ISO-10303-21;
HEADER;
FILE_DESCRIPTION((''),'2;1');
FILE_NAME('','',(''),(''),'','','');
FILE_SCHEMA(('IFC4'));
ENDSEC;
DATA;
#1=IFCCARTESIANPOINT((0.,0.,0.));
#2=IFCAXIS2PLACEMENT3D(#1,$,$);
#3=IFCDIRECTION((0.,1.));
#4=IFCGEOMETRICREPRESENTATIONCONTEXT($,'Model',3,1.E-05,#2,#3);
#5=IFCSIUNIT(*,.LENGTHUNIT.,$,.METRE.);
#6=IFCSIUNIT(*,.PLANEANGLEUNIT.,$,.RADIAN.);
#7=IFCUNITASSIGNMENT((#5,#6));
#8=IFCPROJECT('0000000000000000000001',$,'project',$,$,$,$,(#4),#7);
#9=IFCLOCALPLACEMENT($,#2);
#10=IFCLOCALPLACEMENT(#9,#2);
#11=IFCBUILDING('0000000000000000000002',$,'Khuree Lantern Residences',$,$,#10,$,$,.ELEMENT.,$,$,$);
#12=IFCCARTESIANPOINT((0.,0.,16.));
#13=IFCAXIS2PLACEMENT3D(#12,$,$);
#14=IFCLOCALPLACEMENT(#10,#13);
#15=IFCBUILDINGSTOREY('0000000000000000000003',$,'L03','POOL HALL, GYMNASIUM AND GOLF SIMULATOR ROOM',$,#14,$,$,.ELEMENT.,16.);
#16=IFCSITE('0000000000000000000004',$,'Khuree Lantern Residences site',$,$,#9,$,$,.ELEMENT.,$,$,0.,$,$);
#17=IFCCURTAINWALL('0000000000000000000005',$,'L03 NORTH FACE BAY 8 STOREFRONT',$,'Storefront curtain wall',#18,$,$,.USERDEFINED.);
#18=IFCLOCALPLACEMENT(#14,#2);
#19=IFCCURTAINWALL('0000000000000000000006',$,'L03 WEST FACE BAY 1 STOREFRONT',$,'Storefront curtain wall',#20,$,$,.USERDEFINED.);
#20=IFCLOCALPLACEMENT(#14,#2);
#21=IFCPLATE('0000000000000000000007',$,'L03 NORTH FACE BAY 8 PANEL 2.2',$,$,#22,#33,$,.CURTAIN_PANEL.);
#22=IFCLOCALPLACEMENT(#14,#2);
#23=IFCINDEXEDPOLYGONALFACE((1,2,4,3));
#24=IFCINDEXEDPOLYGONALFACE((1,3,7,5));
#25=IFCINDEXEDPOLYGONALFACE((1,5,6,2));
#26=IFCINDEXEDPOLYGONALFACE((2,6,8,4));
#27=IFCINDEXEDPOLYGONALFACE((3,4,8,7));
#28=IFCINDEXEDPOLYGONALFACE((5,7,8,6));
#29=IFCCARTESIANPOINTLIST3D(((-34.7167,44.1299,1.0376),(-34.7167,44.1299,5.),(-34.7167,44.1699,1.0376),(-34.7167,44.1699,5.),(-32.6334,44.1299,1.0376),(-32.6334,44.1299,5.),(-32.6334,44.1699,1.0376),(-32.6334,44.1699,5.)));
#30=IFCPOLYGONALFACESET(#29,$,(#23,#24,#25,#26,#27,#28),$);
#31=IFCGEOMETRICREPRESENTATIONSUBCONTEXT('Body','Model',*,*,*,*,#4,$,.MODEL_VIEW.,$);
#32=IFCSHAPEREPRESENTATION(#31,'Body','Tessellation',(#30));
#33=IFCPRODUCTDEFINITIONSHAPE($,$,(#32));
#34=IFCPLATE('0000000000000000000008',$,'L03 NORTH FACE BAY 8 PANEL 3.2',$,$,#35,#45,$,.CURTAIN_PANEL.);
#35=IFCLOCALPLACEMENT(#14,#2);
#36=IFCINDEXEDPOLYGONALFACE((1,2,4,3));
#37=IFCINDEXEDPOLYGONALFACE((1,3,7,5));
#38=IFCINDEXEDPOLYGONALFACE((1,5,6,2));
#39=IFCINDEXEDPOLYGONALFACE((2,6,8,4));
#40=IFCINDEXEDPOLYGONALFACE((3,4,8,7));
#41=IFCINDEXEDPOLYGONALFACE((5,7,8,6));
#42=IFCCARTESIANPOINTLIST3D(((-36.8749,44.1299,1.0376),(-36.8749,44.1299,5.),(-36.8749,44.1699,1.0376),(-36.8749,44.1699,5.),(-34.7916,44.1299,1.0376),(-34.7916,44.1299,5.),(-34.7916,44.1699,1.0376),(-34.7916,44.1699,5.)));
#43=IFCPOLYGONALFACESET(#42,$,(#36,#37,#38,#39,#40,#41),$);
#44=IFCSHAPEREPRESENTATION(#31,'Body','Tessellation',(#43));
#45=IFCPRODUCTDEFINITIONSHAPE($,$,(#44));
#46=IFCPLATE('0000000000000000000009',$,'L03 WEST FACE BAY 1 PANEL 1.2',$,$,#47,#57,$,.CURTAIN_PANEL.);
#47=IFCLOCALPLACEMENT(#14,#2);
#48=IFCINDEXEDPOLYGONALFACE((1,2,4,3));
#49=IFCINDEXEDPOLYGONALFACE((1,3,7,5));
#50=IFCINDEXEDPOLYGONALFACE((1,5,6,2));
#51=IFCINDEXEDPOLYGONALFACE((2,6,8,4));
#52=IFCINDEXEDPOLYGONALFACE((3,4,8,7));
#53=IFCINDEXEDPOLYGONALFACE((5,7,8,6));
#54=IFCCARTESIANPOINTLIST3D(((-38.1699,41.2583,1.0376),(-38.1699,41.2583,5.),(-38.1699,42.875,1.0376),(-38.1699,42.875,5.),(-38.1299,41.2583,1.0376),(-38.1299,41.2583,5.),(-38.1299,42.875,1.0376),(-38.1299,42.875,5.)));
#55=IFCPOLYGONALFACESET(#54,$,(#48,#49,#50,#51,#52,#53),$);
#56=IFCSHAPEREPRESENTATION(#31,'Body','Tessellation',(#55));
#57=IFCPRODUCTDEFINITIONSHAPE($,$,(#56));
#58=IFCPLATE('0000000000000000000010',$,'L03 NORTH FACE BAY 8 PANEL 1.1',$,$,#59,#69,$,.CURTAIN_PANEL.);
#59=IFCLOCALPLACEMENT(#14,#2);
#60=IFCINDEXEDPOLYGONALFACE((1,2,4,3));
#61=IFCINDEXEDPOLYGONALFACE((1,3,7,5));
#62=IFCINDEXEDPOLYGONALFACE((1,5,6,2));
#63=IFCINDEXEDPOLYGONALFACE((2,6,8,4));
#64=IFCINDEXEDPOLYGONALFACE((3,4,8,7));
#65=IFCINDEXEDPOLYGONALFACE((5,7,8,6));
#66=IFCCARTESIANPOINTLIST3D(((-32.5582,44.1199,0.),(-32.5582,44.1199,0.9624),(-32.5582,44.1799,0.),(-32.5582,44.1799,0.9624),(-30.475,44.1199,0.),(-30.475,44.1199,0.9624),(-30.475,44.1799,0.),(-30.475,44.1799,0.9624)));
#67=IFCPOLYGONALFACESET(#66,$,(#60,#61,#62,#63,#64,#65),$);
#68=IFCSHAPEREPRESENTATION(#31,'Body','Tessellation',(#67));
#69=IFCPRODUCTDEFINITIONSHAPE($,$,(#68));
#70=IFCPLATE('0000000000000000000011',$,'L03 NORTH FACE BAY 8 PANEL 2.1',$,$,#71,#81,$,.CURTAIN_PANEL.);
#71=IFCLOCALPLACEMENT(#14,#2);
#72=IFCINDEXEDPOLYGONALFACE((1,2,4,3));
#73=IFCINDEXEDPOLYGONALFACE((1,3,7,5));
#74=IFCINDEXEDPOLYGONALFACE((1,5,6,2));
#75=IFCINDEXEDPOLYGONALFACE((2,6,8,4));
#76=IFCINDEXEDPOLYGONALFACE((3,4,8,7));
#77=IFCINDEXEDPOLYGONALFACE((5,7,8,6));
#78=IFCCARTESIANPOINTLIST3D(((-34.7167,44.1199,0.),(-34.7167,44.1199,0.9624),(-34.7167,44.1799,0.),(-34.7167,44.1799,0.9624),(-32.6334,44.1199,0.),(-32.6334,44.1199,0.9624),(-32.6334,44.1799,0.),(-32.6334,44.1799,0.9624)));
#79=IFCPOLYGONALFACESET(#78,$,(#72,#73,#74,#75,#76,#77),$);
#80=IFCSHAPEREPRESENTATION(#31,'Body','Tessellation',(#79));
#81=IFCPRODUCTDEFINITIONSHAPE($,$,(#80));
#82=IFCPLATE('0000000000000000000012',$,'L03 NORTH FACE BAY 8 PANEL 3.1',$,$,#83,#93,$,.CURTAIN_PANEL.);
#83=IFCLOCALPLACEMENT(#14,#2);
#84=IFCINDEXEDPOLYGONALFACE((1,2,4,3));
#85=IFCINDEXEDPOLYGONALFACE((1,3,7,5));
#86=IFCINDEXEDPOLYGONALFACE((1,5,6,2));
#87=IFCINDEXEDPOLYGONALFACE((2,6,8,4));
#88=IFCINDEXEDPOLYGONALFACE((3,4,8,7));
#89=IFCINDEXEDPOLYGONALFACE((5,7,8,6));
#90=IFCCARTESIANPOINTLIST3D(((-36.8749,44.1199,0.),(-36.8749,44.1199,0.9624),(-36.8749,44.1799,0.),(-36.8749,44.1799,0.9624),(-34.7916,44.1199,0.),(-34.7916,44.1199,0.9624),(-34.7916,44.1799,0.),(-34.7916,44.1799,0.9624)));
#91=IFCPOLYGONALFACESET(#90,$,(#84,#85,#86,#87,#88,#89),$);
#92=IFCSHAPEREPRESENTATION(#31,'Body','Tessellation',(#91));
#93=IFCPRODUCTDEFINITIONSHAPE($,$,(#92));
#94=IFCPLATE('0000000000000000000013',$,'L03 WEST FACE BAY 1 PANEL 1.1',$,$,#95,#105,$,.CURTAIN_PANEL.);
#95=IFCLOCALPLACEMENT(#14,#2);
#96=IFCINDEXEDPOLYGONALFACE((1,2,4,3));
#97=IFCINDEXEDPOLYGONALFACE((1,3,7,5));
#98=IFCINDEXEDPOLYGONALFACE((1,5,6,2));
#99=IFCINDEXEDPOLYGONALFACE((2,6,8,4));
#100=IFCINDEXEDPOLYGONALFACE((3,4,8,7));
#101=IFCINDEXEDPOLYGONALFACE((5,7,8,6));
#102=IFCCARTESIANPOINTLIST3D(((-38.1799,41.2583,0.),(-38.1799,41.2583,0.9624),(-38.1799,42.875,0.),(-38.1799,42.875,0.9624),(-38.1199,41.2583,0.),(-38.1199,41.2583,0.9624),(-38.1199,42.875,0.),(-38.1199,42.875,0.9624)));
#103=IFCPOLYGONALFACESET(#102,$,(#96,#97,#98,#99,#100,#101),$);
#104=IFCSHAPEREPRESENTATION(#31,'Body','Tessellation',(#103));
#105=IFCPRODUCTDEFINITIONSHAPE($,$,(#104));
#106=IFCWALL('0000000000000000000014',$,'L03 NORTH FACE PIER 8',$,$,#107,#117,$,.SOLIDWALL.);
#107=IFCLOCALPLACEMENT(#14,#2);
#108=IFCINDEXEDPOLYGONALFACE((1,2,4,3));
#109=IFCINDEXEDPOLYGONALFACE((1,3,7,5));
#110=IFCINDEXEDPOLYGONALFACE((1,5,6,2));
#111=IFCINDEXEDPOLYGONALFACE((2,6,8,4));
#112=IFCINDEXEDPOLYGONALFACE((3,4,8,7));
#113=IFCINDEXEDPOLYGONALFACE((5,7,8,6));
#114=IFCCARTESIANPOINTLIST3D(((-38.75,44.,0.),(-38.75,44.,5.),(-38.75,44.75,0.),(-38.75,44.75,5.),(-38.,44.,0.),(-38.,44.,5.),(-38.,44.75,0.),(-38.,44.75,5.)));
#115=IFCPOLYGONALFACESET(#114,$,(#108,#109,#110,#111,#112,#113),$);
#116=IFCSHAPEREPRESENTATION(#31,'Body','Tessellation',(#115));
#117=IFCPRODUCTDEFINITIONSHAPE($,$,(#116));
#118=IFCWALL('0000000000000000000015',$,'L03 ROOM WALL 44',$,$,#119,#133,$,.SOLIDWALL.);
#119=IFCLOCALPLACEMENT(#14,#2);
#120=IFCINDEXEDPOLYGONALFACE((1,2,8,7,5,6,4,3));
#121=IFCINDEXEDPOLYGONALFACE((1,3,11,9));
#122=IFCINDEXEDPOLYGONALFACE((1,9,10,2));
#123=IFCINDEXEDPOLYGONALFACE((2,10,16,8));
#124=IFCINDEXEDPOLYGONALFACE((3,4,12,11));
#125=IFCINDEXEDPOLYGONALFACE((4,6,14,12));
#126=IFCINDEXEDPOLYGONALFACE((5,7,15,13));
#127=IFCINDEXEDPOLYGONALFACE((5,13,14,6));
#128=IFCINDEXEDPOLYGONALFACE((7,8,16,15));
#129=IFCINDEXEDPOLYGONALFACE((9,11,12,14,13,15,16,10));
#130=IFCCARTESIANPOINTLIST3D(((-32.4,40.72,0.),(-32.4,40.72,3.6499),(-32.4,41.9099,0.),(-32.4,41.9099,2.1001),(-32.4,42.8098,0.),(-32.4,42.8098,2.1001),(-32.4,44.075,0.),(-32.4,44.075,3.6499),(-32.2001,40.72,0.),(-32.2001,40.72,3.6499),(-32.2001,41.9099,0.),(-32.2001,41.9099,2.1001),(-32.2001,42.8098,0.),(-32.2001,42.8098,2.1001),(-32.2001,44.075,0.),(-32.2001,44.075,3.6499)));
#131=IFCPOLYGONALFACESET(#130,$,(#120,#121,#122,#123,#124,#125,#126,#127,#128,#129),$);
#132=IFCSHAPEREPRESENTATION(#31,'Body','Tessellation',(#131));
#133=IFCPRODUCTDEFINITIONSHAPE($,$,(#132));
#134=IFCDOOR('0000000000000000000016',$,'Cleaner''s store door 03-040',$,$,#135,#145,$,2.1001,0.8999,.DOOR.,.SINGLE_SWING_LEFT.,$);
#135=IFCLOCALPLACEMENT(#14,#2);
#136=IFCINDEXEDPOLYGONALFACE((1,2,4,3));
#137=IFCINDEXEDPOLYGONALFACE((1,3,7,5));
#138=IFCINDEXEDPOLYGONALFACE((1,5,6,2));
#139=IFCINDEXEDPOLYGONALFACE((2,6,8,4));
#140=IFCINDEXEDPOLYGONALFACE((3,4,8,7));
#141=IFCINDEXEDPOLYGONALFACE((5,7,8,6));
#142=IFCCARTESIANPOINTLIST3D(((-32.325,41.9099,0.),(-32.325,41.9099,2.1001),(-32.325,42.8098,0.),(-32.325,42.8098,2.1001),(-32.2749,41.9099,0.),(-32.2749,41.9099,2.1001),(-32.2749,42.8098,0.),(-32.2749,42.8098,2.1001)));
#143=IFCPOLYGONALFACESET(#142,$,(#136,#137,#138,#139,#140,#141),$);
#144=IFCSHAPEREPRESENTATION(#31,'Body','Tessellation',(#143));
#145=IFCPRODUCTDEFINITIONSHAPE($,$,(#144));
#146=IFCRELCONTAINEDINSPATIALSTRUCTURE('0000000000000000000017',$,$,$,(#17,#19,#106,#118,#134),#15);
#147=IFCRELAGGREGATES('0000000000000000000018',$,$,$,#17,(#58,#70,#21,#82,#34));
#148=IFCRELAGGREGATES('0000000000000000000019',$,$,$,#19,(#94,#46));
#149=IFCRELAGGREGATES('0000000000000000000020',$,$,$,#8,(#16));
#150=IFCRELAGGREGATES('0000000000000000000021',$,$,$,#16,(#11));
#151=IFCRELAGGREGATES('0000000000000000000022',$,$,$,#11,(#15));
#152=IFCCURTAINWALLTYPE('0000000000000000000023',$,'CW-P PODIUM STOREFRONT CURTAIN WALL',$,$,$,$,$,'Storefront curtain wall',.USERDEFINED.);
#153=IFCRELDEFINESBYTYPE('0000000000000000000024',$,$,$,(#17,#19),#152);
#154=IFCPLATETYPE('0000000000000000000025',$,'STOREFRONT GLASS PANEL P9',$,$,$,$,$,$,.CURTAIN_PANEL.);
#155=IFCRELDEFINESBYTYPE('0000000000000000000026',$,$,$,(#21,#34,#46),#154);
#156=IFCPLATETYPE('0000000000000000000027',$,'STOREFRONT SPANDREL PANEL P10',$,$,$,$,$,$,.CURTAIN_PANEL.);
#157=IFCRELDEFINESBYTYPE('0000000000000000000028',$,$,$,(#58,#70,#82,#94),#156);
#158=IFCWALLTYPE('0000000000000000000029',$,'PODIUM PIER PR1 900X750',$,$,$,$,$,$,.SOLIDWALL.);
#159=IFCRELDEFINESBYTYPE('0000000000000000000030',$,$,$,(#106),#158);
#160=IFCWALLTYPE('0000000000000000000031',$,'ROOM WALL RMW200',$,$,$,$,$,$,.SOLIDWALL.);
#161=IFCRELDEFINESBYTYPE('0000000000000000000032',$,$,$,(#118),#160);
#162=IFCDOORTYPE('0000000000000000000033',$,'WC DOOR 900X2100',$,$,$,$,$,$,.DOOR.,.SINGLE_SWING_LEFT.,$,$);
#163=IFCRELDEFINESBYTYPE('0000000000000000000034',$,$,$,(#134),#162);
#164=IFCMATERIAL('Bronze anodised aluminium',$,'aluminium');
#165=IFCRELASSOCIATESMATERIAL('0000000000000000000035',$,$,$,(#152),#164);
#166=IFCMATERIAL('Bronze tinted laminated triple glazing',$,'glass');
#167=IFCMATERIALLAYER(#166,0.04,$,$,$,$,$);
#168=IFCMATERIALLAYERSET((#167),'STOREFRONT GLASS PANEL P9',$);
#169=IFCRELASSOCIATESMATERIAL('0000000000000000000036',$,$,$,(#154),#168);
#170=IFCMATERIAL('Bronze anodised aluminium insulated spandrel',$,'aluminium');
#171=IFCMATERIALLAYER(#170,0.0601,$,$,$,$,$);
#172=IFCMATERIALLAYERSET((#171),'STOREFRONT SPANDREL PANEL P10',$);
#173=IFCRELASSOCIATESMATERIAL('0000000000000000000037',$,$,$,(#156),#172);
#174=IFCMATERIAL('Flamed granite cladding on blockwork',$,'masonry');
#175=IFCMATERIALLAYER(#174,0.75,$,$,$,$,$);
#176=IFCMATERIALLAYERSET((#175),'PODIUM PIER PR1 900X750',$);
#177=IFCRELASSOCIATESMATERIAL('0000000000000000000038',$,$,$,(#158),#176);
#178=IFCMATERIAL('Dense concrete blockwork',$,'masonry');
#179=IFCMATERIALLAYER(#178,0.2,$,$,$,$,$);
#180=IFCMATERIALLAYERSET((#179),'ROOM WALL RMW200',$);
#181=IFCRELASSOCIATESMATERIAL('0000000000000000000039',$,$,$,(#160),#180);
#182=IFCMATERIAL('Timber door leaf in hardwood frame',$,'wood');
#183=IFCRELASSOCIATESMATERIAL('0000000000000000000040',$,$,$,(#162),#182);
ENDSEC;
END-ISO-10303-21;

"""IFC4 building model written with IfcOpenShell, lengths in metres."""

from ifc_helpers import new_model, si_unit, direction, frame, frame_2d, origin, origin_2d, place, context, subcontext, project, spatial, rectangle, extrude, material, layer, layer_set, type_object, element, fill, aggregate, save


model = new_model("IFC4")

# Units and contexts
model_context = context("Model", 3, precision=1e-05, world=origin(), true_north=direction((0.0, 1.0)))
body_context = subcontext(model_context, "Body", "Model", "MODEL_VIEW")
ifc_project = project(units=[si_unit("LENGTHUNIT", "METRE"), si_unit("PLANEANGLEUNIT", "RADIAN")], contexts=[model_context])

# Site, building, storey
site_placement = place(None, origin())
site = spatial("IfcSite", under=ifc_project, at=site_placement, Name="Khuree Lantern Residences site", CompositionType="ELEMENT", RefElevation=0.0)
building_placement = place(site_placement, origin())
building = spatial("IfcBuilding", under=site, at=building_placement, Name="Khuree Lantern Residences", CompositionType="ELEMENT")
storey_placement = place(building_placement, frame((0.0, 0.0, 16.0)))
storey = spatial("IfcBuildingStorey", under=building, at=storey_placement, Name="L03", Description="POOL HALL, GYMNASIUM AND GOLF SIMULATOR ROOM", CompositionType="ELEMENT", Elevation=16.0)

# Curtain walls
ifc_material_1 = material(Name="Bronze anodised aluminium", Category="aluminium")
curtain_wall_type = type_object("IfcCurtainWallType", Name="CW-P PODIUM STOREFRONT CURTAIN WALL", ElementType="Storefront curtain wall", PredefinedType="USERDEFINED", material=ifc_material_1)
curtain_wall_1_placement = place(storey_placement, origin())
curtain_wall_1 = element("IfcCurtainWall", 1, at=curtain_wall_1_placement, inside=storey, type_object=curtain_wall_type, Name="L03 NORTH FACE BAY 8 STOREFRONT", ObjectType="Storefront curtain wall", PredefinedType="USERDEFINED")
curtain_wall_2_placement = place(storey_placement, origin())
curtain_wall_2 = element("IfcCurtainWall", 2, at=curtain_wall_2_placement, inside=storey, type_object=curtain_wall_type, Name="L03 WEST FACE BAY 1 STOREFRONT", ObjectType="Storefront curtain wall", PredefinedType="USERDEFINED")

# Plates
ifc_material_2 = material(Name="Bronze tinted laminated triple glazing", Category="glass")
ifc_layer_1 = layer(ifc_material_2, 0.04)
ifc_layer_set_1 = layer_set([ifc_layer_1], Name="STOREFRONT GLASS PANEL P9")
plate_type_1 = type_object("IfcPlateType", Name="STOREFRONT GLASS PANEL P9", PredefinedType="CURTAIN_PANEL", material=ifc_layer_set_1)
plate_1_placement = place(storey_placement, frame((-33.675, 44.1499, 1.0376), z_axis=(0.0, 0.0, 1.0), x_axis=(-1.0, 0.0, 0.0)))
plate_1 = element("IfcPlate", 3, at=plate_1_placement, type_object=plate_type_1, Name="L03 NORTH FACE BAY 8 PANEL 2.2", PredefinedType="CURTAIN_PANEL", context=body_context, shape_type="SweptSolid", body=[
    extrude(rectangle(XDim=2.0833, YDim=0.04, at=origin_2d()), origin(), (0.0, 0.0, 1.0), 3.9624),
])
plate_2_placement = place(storey_placement, frame((-35.8333, 44.1499, 1.0376), z_axis=(0.0, 0.0, 1.0), x_axis=(-1.0, 0.0, 0.0)))
plate_2 = element("IfcPlate", 4, at=plate_2_placement, type_object=plate_type_1, Name="L03 NORTH FACE BAY 8 PANEL 3.2", PredefinedType="CURTAIN_PANEL", context=body_context, shape_type="SweptSolid", body=[
    extrude(rectangle(XDim=2.0833, YDim=0.04, at=origin_2d()), origin(), (0.0, 0.0, 1.0), 3.9624),
])
plate_3_placement = place(storey_placement, frame((-38.1499, 42.0667, 1.0376), z_axis=(0.0, 0.0, 1.0), x_axis=(0.0, -1.0, 0.0)))
plate_3 = element("IfcPlate", 5, at=plate_3_placement, type_object=plate_type_1, Name="L03 WEST FACE BAY 1 PANEL 1.2", PredefinedType="CURTAIN_PANEL", context=body_context, shape_type="SweptSolid", body=[
    extrude(rectangle(XDim=1.6167, YDim=0.04, at=origin_2d()), origin(), (0.0, 0.0, 1.0), 3.9624),
])
ifc_material_3 = material(Name="Bronze anodised aluminium insulated spandrel", Category="aluminium")
ifc_layer_2 = layer(ifc_material_3, 0.0601)
ifc_layer_set_2 = layer_set([ifc_layer_2], Name="STOREFRONT SPANDREL PANEL P10")
plate_type_2 = type_object("IfcPlateType", Name="STOREFRONT SPANDREL PANEL P10", PredefinedType="CURTAIN_PANEL", material=ifc_layer_set_2)
plate_4_placement = place(storey_placement, frame((-31.5166, 44.1499, 0.0), z_axis=(0.0, 0.0, 1.0), x_axis=(-1.0, 0.0, 0.0)))
plate_4 = element("IfcPlate", 6, at=plate_4_placement, type_object=plate_type_2, Name="L03 NORTH FACE BAY 8 PANEL 1.1", PredefinedType="CURTAIN_PANEL", context=body_context, shape_type="SweptSolid", body=[
    extrude(rectangle(XDim=2.0833, YDim=0.0601, at=origin_2d()), origin(), (0.0, 0.0, 1.0), 0.9624),
])
plate_5_placement = place(storey_placement, frame((-33.675, 44.1499, 0.0), z_axis=(0.0, 0.0, 1.0), x_axis=(-1.0, 0.0, 0.0)))
plate_5 = element("IfcPlate", 7, at=plate_5_placement, type_object=plate_type_2, Name="L03 NORTH FACE BAY 8 PANEL 2.1", PredefinedType="CURTAIN_PANEL", context=body_context, shape_type="SweptSolid", body=[
    extrude(rectangle(XDim=2.0833, YDim=0.0601, at=origin_2d()), origin(), (0.0, 0.0, 1.0), 0.9624),
])
plate_6_placement = place(storey_placement, frame((-35.8333, 44.1499, 0.0), z_axis=(0.0, 0.0, 1.0), x_axis=(-1.0, 0.0, 0.0)))
plate_6 = element("IfcPlate", 8, at=plate_6_placement, type_object=plate_type_2, Name="L03 NORTH FACE BAY 8 PANEL 3.1", PredefinedType="CURTAIN_PANEL", context=body_context, shape_type="SweptSolid", body=[
    extrude(rectangle(XDim=2.0833, YDim=0.0601, at=origin_2d()), origin(), (0.0, 0.0, 1.0), 0.9624),
])
aggregate(curtain_wall_1, [plate_4, plate_5, plate_1, plate_6, plate_2])
plate_7_placement = place(storey_placement, frame((-38.1499, 42.0667, 0.0), z_axis=(0.0, 0.0, 1.0), x_axis=(0.0, -1.0, 0.0)))
plate_7 = element("IfcPlate", 9, at=plate_7_placement, type_object=plate_type_2, Name="L03 WEST FACE BAY 1 PANEL 1.1", PredefinedType="CURTAIN_PANEL", context=body_context, shape_type="SweptSolid", body=[
    extrude(rectangle(XDim=1.6167, YDim=0.0601, at=origin_2d()), origin(), (0.0, 0.0, 1.0), 0.9624),
])
aggregate(curtain_wall_2, [plate_7, plate_3])

# Wall
ifc_material_4 = material(Name="Flamed granite cladding on blockwork", Category="masonry")
ifc_layer_3 = layer(ifc_material_4, 0.75)
ifc_layer_set_3 = layer_set([ifc_layer_3], Name="PODIUM PIER PR1 900X750")
wall_type_1 = type_object("IfcWallType", Name="PODIUM PIER PR1 900X750", PredefinedType="SOLIDWALL", material=ifc_layer_set_3)
wall_1_placement = place(storey_placement, frame((-38.0, 44.375, 0.0), z_axis=(0.0, 0.0, 1.0), x_axis=(-1.0, 0.0, 0.0)))
element("IfcWall", 10, at=wall_1_placement, inside=storey, type_object=wall_type_1, Name="L03 NORTH FACE PIER 8", PredefinedType="SOLIDWALL", context=body_context, shape_type="SweptSolid", body=[
    extrude(rectangle(XDim=0.75, YDim=0.75, at=frame_2d((0.375, 0.0))), origin(), (0.0, 0.0, 1.0), 5.0),
])

# Wall, opening, door
ifc_material_5 = material(Name="Dense concrete blockwork", Category="masonry")
ifc_layer_4 = layer(ifc_material_5, 0.2)
ifc_layer_set_4 = layer_set([ifc_layer_4], Name="ROOM WALL RMW200")
wall_type_2 = type_object("IfcWallType", Name="ROOM WALL RMW200", PredefinedType="SOLIDWALL", material=ifc_layer_set_4)
wall_2_placement = place(storey_placement, frame((-32.3, 40.72, 0.0), z_axis=(0.0, 0.0, 1.0), x_axis=(0.0, 1.0, 0.0)))
wall_2 = element("IfcWall", 11, at=wall_2_placement, inside=storey, type_object=wall_type_2, Name="L03 ROOM WALL 44", PredefinedType="SOLIDWALL", context=body_context, shape_type="SweptSolid", body=[
    extrude(rectangle(XDim=3.355, YDim=0.2, at=frame_2d((1.6775, 0.0))), origin(), (0.0, 0.0, 1.0), 3.6499),
])
opening_placement = place(wall_2_placement, frame((1.1899, 0.0, 0.0)))
opening = element("IfcOpeningElement", 12, at=opening_placement, cuts=wall_2, PredefinedType="OPENING", context=body_context, shape_type="SweptSolid", body=[
    extrude(rectangle(XDim=0.8999, YDim=2.1001, at=frame_2d((0.45, 1.05))), frame((0.0, 0.1099, 0.0), z_axis=(0.0, -1.0, 0.0), x_axis=(1.0, 0.0, 0.0)), (0.0, 0.0, 1.0), 0.22),
])
ifc_material_6 = material(Name="Timber door leaf in hardwood frame", Category="wood")
door_type = type_object("IfcDoorType", Name="WC DOOR 900X2100", OperationType="SINGLE_SWING_LEFT", PredefinedType="DOOR", material=ifc_material_6)
door_placement = place(opening_placement, origin())
door = element("IfcDoor", 13, at=door_placement, inside=storey, type_object=door_type, Name="Cleaner's store door 03-040", OperationType="SINGLE_SWING_LEFT", OverallHeight=2.1001, OverallWidth=0.8999, PredefinedType="DOOR", context=body_context, shape_type="SweptSolid", body=[
    extrude(rectangle(XDim=0.8999, YDim=2.1001, at=frame_2d((0.45, 1.05))), frame((0.0, 0.0249, 0.0), z_axis=(0.0, -1.0, 0.0), x_axis=(1.0, 0.0, 0.0)), (0.0, 0.0, 1.0), 0.05),
])
fill(opening, door)

save(model, "model.ifc")
